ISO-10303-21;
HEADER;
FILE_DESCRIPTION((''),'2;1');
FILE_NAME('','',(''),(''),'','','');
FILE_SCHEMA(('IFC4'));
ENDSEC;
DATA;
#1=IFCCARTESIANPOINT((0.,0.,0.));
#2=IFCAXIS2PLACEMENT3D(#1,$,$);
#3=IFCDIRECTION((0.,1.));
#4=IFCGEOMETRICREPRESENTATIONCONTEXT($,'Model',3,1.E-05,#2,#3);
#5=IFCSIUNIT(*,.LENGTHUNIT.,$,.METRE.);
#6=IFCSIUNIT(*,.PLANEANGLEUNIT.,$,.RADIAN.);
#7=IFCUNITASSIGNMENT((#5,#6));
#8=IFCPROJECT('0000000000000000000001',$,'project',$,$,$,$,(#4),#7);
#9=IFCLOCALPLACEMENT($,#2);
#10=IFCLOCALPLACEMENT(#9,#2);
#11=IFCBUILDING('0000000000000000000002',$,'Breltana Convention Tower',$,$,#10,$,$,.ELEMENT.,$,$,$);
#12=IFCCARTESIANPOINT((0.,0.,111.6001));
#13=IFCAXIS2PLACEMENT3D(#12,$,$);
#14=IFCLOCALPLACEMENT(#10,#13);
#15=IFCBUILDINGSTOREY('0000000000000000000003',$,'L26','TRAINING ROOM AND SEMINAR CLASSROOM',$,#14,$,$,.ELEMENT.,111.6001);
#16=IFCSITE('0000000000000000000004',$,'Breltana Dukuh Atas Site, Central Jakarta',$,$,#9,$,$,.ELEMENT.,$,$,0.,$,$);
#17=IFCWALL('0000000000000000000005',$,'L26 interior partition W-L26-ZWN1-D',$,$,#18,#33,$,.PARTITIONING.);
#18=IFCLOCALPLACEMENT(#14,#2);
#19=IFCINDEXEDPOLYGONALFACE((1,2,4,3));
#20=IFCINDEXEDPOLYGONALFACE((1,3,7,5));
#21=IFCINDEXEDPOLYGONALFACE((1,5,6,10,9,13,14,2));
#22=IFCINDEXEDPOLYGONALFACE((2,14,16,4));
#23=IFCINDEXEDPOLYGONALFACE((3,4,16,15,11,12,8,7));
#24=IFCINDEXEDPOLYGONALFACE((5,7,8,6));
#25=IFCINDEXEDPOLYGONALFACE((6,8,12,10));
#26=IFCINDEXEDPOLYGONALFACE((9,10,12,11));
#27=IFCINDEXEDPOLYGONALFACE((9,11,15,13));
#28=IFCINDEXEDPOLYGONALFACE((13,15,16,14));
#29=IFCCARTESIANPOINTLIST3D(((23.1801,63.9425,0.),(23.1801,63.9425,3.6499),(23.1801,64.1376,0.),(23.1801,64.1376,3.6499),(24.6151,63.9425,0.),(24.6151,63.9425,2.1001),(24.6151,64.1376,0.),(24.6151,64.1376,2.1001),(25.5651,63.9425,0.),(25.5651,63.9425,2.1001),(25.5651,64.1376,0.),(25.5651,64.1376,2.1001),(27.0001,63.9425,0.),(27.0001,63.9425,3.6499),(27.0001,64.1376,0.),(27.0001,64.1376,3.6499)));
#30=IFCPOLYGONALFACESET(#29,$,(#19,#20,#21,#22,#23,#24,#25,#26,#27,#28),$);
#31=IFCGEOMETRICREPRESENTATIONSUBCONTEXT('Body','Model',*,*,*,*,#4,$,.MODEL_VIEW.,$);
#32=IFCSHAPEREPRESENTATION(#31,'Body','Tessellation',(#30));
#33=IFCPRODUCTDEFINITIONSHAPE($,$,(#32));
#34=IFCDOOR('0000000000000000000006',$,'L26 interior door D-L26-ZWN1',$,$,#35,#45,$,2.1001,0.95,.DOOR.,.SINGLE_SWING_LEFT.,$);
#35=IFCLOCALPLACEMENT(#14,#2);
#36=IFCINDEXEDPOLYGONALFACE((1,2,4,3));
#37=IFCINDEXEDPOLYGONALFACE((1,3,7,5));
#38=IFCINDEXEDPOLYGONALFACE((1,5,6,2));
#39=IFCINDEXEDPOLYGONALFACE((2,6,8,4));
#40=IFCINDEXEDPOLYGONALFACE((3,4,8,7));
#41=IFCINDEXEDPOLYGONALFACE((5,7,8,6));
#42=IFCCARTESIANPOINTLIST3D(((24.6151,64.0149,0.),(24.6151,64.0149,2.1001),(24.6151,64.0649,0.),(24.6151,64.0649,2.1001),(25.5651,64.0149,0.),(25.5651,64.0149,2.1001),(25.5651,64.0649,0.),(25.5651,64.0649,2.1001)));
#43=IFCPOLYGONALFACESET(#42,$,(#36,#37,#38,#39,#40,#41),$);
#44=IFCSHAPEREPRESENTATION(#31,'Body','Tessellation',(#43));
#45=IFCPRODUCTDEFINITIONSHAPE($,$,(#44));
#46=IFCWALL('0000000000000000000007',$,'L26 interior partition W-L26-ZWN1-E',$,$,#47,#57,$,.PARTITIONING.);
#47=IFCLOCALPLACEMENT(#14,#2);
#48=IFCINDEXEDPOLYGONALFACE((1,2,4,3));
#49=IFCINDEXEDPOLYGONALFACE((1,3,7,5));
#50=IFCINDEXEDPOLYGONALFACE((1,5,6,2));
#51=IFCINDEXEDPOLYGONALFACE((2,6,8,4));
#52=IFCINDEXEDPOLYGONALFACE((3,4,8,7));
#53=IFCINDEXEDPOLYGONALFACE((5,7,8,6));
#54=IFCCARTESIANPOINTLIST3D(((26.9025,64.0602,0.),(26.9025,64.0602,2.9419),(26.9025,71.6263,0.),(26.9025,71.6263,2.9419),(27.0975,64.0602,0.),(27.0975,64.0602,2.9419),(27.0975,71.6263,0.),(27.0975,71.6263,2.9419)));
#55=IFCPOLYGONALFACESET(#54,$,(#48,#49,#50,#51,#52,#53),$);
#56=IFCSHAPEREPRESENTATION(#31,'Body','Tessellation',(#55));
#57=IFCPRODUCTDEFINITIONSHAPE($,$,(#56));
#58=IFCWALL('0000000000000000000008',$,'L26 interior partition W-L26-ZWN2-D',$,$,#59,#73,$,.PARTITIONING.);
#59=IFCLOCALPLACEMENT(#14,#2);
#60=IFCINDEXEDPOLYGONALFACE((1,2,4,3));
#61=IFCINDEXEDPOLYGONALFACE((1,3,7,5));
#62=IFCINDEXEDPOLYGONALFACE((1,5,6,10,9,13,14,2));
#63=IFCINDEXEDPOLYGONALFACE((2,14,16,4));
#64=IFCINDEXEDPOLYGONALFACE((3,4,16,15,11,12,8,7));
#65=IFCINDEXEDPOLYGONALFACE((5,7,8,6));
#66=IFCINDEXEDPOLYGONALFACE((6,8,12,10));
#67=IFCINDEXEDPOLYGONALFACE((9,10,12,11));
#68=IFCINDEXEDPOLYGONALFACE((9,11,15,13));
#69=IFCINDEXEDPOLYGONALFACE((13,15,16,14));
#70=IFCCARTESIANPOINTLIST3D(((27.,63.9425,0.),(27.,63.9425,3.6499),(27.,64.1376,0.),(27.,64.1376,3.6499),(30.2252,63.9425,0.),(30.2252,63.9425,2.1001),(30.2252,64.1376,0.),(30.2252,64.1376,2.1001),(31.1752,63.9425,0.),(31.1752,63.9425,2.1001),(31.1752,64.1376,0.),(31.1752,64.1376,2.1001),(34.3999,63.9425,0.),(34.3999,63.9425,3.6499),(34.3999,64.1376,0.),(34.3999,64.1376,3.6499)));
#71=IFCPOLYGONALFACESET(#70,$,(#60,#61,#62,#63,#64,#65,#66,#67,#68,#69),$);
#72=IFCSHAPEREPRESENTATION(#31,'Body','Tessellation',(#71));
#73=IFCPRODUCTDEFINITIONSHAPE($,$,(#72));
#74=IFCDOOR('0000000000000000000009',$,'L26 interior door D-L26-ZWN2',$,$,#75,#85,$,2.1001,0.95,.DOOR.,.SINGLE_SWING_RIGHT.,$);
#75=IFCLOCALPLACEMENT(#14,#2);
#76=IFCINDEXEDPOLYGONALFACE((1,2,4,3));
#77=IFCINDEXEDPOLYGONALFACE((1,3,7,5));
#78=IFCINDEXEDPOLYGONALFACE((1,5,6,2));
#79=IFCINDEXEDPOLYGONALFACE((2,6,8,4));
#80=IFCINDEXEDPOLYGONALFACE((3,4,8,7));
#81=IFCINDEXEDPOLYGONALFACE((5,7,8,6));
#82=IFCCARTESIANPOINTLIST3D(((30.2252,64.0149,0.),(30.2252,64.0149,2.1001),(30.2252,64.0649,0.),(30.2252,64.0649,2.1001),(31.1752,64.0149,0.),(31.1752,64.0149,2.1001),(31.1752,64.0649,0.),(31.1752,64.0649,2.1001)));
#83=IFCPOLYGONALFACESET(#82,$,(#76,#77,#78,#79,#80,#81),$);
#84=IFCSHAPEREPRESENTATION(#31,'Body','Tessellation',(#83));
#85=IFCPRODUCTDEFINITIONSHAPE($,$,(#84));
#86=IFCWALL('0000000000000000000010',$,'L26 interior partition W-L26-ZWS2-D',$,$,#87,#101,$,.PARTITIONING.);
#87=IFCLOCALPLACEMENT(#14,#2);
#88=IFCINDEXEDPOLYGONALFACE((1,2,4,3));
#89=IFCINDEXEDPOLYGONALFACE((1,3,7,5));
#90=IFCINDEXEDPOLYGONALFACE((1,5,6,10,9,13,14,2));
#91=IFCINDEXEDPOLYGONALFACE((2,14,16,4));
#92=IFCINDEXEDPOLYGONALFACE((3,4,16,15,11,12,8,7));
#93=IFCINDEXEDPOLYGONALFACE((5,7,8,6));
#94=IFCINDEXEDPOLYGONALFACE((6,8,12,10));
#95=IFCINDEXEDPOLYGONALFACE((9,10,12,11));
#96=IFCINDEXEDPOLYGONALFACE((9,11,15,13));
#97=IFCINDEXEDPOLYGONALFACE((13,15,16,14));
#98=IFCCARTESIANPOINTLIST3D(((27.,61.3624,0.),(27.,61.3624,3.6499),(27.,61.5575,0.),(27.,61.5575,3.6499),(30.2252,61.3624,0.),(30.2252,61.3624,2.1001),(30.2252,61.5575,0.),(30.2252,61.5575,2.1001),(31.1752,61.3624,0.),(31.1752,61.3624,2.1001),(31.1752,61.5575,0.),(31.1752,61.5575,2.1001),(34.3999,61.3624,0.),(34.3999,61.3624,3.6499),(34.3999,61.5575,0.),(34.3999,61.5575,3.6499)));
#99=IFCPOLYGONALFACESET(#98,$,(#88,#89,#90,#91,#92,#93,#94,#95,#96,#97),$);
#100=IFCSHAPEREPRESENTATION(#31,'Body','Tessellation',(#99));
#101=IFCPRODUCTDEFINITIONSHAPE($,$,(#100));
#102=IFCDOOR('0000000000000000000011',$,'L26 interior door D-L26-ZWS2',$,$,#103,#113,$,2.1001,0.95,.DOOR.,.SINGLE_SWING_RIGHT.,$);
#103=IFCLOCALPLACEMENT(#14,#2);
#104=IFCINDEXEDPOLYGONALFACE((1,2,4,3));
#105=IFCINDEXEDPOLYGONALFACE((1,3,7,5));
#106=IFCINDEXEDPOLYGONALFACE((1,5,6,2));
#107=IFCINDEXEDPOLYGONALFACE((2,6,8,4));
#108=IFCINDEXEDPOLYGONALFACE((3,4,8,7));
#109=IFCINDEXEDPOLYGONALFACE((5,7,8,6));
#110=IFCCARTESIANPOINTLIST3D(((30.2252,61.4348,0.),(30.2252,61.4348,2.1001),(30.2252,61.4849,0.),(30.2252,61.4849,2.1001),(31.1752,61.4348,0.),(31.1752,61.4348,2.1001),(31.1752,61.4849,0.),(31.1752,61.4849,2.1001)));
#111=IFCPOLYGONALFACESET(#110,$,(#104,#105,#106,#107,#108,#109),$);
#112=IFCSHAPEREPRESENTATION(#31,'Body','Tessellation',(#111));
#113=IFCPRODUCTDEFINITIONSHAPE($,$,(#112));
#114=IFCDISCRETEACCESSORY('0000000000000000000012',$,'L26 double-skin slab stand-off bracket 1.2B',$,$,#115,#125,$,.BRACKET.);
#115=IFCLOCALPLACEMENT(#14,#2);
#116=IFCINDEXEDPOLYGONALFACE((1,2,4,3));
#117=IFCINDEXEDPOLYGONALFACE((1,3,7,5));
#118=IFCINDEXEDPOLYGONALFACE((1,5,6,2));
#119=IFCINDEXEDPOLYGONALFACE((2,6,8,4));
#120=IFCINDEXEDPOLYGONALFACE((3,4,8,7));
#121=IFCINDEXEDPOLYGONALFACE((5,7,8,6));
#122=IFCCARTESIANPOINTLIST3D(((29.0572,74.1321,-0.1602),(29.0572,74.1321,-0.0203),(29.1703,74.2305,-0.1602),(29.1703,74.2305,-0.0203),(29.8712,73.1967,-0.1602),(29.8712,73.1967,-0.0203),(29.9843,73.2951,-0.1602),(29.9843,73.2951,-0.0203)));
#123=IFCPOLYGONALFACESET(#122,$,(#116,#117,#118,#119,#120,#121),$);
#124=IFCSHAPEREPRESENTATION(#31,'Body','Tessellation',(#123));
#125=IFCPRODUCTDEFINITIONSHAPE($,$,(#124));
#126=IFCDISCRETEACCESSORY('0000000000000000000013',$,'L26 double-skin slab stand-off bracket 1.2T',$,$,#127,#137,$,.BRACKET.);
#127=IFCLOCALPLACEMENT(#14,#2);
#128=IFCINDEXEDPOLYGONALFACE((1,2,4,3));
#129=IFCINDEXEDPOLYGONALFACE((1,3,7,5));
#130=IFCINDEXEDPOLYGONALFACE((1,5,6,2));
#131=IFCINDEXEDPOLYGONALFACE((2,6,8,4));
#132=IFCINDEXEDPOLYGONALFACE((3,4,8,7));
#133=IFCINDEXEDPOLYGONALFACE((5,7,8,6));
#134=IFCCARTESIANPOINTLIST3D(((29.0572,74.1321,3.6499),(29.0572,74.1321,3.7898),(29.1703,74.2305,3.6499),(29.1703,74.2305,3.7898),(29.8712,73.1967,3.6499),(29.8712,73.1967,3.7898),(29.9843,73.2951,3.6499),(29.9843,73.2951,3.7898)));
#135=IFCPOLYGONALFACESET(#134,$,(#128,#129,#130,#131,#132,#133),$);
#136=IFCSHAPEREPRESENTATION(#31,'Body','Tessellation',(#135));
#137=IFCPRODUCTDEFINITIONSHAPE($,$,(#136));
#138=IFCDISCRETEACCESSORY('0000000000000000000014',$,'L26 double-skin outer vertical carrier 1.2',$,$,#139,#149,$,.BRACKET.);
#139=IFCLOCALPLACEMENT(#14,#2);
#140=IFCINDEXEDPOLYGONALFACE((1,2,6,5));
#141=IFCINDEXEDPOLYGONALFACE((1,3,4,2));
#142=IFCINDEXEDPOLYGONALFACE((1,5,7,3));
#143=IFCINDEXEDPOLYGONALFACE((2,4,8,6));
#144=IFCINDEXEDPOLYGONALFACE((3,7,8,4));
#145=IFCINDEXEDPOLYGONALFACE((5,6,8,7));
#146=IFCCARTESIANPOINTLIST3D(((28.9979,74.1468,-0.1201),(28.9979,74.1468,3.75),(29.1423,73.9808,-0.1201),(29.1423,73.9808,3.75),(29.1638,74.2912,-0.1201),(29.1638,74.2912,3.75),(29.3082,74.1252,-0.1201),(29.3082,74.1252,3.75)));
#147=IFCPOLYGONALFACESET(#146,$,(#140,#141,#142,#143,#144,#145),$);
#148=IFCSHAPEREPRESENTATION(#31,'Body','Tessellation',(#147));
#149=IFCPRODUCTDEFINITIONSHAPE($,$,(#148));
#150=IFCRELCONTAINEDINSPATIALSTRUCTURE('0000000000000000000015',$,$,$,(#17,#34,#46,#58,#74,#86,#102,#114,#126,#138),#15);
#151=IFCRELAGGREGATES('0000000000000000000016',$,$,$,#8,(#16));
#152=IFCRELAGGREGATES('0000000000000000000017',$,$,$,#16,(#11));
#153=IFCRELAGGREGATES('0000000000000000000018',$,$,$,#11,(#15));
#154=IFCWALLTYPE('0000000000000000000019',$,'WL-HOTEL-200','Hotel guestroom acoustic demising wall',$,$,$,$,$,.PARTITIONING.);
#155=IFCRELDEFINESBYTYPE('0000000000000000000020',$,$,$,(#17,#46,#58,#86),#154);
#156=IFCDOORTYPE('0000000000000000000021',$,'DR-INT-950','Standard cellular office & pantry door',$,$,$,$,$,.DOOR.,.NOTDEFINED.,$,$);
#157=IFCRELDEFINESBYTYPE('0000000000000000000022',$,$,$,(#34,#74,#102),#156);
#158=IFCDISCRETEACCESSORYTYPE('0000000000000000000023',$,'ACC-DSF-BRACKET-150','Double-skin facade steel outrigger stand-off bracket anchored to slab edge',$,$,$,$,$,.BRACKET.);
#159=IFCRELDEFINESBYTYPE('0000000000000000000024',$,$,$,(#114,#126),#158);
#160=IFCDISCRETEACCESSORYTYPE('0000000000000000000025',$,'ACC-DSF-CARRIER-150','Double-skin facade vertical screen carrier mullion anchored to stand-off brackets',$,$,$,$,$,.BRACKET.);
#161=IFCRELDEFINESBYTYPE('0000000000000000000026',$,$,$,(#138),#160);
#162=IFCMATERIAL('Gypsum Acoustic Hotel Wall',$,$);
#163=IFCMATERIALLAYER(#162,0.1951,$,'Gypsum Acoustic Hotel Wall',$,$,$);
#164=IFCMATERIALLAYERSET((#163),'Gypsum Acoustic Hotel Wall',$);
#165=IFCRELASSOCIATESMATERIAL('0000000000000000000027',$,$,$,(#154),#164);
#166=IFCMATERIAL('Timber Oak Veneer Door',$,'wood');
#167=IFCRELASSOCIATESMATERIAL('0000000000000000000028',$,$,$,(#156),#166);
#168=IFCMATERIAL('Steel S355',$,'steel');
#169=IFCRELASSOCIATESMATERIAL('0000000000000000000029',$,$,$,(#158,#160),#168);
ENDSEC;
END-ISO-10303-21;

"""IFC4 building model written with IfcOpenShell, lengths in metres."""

from ifc_helpers import new_model, si_unit, direction, frame, frame_2d, origin, origin_2d, place, context, subcontext, project, spatial, rectangle, extrude, source, transform, mapped, material, layer, layer_set, type_object, type_shapes, element, fill, save


model = new_model("IFC4")

# Units and contexts
model_context = context("Model", 3, precision=1e-05, world=origin(), true_north=direction((0.0, 1.0)))
body_context = subcontext(model_context, "Body", "Model", "MODEL_VIEW")
ifc_project = project(units=[si_unit("LENGTHUNIT", "METRE"), si_unit("PLANEANGLEUNIT", "RADIAN")], contexts=[model_context])

# Site, building, storey
site_placement = place(None, origin())
site = spatial("IfcSite", under=ifc_project, at=site_placement, Name="Breltana Dukuh Atas Site, Central Jakarta", CompositionType="ELEMENT", RefElevation=0.0)
building_placement = place(site_placement, origin())
building = spatial("IfcBuilding", under=site, at=building_placement, Name="Breltana Convention Tower", CompositionType="ELEMENT")
storey_placement = place(building_placement, frame((0.0, 0.0, 111.6001)))
storey = spatial("IfcBuildingStorey", under=building, at=storey_placement, Name="L26", Description="TRAINING ROOM AND SEMINAR CLASSROOM", CompositionType="ELEMENT", Elevation=111.6001)

# Wall, opening, door
ifc_material_1 = material(Name="Gypsum Acoustic Hotel Wall")
ifc_layer_1 = layer(ifc_material_1, 0.1951, Name="Gypsum Acoustic Hotel Wall")
ifc_layer_set_1 = layer_set([ifc_layer_1], Name="Gypsum Acoustic Hotel Wall")
wall_type_1 = type_object("IfcWallType", Name="WL-HOTEL-200", Description="Hotel guestroom acoustic demising wall", PredefinedType="PARTITIONING", material=ifc_layer_set_1)
shared_shape_1 = source(origin(), body_context, "Body", "SweptSolid", [
    extrude(rectangle(XDim=3.8201, YDim=0.1951, at=frame_2d((1.9102, 0.0))), origin(), (0.0, 0.0, 1.0), 3.6499),
])
wall_1_placement = place(storey_placement, frame((23.1799, 64.04, 0.0), z_axis=(0.0, 0.0, 1.0), x_axis=(1.0, 0.0, 0.0)))
wall_1 = element("IfcWall", 1, at=wall_1_placement, inside=storey, type_object=wall_type_1, Name="L26 interior partition W-L26-ZWN1-D", PredefinedType="PARTITIONING", context=body_context, shape_type="MappedRepresentation", body=[
    mapped(shared_shape_1, transform((0.0, 0.0, 0.0), scale=1.0)),
])
opening_1_placement = place(wall_1_placement, frame((1.4351, 0.0, 0.0)))
opening_1 = element("IfcOpeningElement", 2, at=opening_1_placement, cuts=wall_1, PredefinedType="OPENING", context=body_context, shape_type="SweptSolid", body=[
    extrude(rectangle(XDim=0.95, YDim=2.1001, at=frame_2d((0.4751, 1.05))), frame((0.0, 0.1074, 0.0), z_axis=(0.0, -1.0, 0.0), x_axis=(1.0, 0.0, 0.0)), (0.0, 0.0, 1.0), 0.2151),
])
ifc_material_2 = material(Name="Timber Oak Veneer Door", Category="wood")
door_type_1 = type_object("IfcDoorType", Name="DR-INT-950", Description="Standard cellular office & pantry door", OperationType="NOTDEFINED", PredefinedType="DOOR", material=ifc_material_2)
shared_shape_2 = source(origin(), body_context, "Body", "SweptSolid", [
    extrude(rectangle(XDim=0.95, YDim=2.1001, at=frame_2d((0.4751, 1.05))), frame((0.0, 0.0249, 0.0), z_axis=(0.0, -1.0, 0.0), x_axis=(1.0, 0.0, 0.0)), (0.0, 0.0, 1.0), 0.05),
])
type_shapes(door_type_1, [shared_shape_2])
door_1_placement = place(opening_1_placement, origin())
door_1 = element("IfcDoor", 3, at=door_1_placement, inside=storey, type_object=door_type_1, Name="L26 interior door D-L26-ZWN1", OperationType="SINGLE_SWING_LEFT", OverallHeight=2.1001, OverallWidth=0.95, PredefinedType="DOOR", context=body_context, shape_type="MappedRepresentation", body=[
    mapped(shared_shape_2, transform((0.0, 0.0, 0.0), scale=1.0)),
])
fill(opening_1, door_1)

# Wall
shared_shape_3 = source(origin(), body_context, "Body", "SweptSolid", [
    extrude(rectangle(XDim=7.5662, YDim=0.1951, at=frame_2d((3.7832, 0.0))), origin(), (0.0, 0.0, 1.0), 2.9419),
])
wall_2_placement = place(storey_placement, frame((27.0, 64.0601, 0.0), z_axis=(0.0, 0.0, 1.0), x_axis=(0.0, 1.0, 0.0)))
element("IfcWall", 4, at=wall_2_placement, inside=storey, type_object=wall_type_1, Name="L26 interior partition W-L26-ZWN1-E", PredefinedType="PARTITIONING", context=body_context, shape_type="MappedRepresentation", body=[
    mapped(shared_shape_3, transform((0.0, 0.0, 0.0), scale=1.0)),
])

# Walls, openings, doors
shared_shape_4 = source(origin(), body_context, "Body", "SweptSolid", [
    extrude(rectangle(XDim=7.3999, YDim=0.1951, at=frame_2d((3.7, 0.0))), origin(), (0.0, 0.0, 1.0), 3.6499),
])
wall_3_placement = place(storey_placement, frame((27.0, 64.04, 0.0), z_axis=(0.0, 0.0, 1.0), x_axis=(1.0, 0.0, 0.0)))
wall_3 = element("IfcWall", 5, at=wall_3_placement, inside=storey, type_object=wall_type_1, Name="L26 interior partition W-L26-ZWN2-D", PredefinedType="PARTITIONING", context=body_context, shape_type="MappedRepresentation", body=[
    mapped(shared_shape_4, transform((0.0, 0.0, 0.0), scale=1.0)),
])
opening_2_placement = place(wall_3_placement, frame((3.2251, 0.0, 0.0)))
opening_2 = element("IfcOpeningElement", 6, at=opening_2_placement, cuts=wall_3, PredefinedType="OPENING", context=body_context, shape_type="SweptSolid", body=[
    extrude(rectangle(XDim=0.95, YDim=2.1001, at=frame_2d((0.4751, 1.05))), frame((0.0, 0.1074, 0.0), z_axis=(0.0, -1.0, 0.0), x_axis=(1.0, 0.0, 0.0)), (0.0, 0.0, 1.0), 0.2151),
])
door_2_placement = place(opening_2_placement, origin())
door_2 = element("IfcDoor", 7, at=door_2_placement, inside=storey, type_object=door_type_1, Name="L26 interior door D-L26-ZWN2", OperationType="SINGLE_SWING_RIGHT", OverallHeight=2.1001, OverallWidth=0.95, PredefinedType="DOOR", context=body_context, shape_type="MappedRepresentation", body=[
    mapped(shared_shape_2, transform((0.0, 0.0, 0.0), scale=1.0)),
])
fill(opening_2, door_2)
wall_4_placement = place(storey_placement, frame((27.0, 61.46, 0.0), z_axis=(0.0, 0.0, 1.0), x_axis=(1.0, 0.0, 0.0)))
wall_4 = element("IfcWall", 8, at=wall_4_placement, inside=storey, type_object=wall_type_1, Name="L26 interior partition W-L26-ZWS2-D", PredefinedType="PARTITIONING", context=body_context, shape_type="MappedRepresentation", body=[
    mapped(shared_shape_4, transform((0.0, 0.0, 0.0), scale=1.0)),
])
opening_3_placement = place(wall_4_placement, frame((3.2251, 0.0, 0.0)))
opening_3 = element("IfcOpeningElement", 9, at=opening_3_placement, cuts=wall_4, PredefinedType="OPENING", context=body_context, shape_type="SweptSolid", body=[
    extrude(rectangle(XDim=0.95, YDim=2.1001, at=frame_2d((0.4751, 1.05))), frame((0.0, 0.1074, 0.0), z_axis=(0.0, -1.0, 0.0), x_axis=(1.0, 0.0, 0.0)), (0.0, 0.0, 1.0), 0.2151),
])
door_3_placement = place(opening_3_placement, origin())
door_3 = element("IfcDoor", 10, at=door_3_placement, inside=storey, type_object=door_type_1, Name="L26 interior door D-L26-ZWS2", OperationType="SINGLE_SWING_RIGHT", OverallHeight=2.1001, OverallWidth=0.95, PredefinedType="DOOR", context=body_context, shape_type="MappedRepresentation", body=[
    mapped(shared_shape_2, transform((0.0, 0.0, 0.0), scale=1.0)),
])
fill(opening_3, door_3)

# Discrete accessories
ifc_material_3 = material(Name="Steel S355", Category="steel")
discrete_accessory_type_1 = type_object("IfcDiscreteAccessoryType", Name="ACC-DSF-BRACKET-150", Description="Double-skin facade steel outrigger stand-off bracket anchored to slab edge", PredefinedType="BRACKET", material=ifc_material_3)
shared_shape_5 = source(origin(), body_context, "Body", "SweptSolid", [
    extrude(rectangle(XDim=1.24, YDim=0.1499, at=origin_2d()), origin(), (0.0, 0.0, 1.0), 0.1399),
])
type_shapes(discrete_accessory_type_1, [shared_shape_5])
for number, where, z_axis, x_axis, name in (
    (11, (29.5208, 73.7136, -0.1602), (0.0, 0.0, 1.0), (-0.656454, 0.754366, 0.0), "L26 double-skin slab stand-off bracket 1.2B"),
    (12, (29.5208, 73.7136, 3.6499), (0.0, 0.0, 1.0), (-0.656454, 0.754366, 0.0), "L26 double-skin slab stand-off bracket 1.2T"),
):
    element("IfcDiscreteAccessory", number, at=place(storey_placement, frame(where, z_axis=z_axis, x_axis=x_axis)), inside=storey, type_object=discrete_accessory_type_1, Name=name, PredefinedType="BRACKET", context=body_context, shape_type="MappedRepresentation", body=[
        mapped(shared_shape_5, transform((0.0, 0.0, 0.0), scale=1.0)),
    ])
discrete_accessory_type_2 = type_object("IfcDiscreteAccessoryType", Name="ACC-DSF-CARRIER-150", Description="Double-skin facade vertical screen carrier mullion anchored to stand-off brackets", PredefinedType="BRACKET", material=ifc_material_3)
shared_shape_6 = source(origin(), body_context, "Body", "SweptSolid", [
    extrude(rectangle(XDim=0.22, YDim=0.22, at=origin_2d()), origin(), (0.0, 0.0, 1.0), 3.8701),
])
discrete_accessory_placement = place(storey_placement, frame((29.1531, 74.136, -0.1201), z_axis=(0.0, 0.0, 1.0), x_axis=(-0.656454, 0.754366, 0.0)))
element("IfcDiscreteAccessory", 13, at=discrete_accessory_placement, inside=storey, type_object=discrete_accessory_type_2, Name="L26 double-skin outer vertical carrier 1.2", PredefinedType="BRACKET", context=body_context, shape_type="MappedRepresentation", body=[
    mapped(shared_shape_6, transform((0.0, 0.0, 0.0), scale=1.0)),
])

save(model, "model.ifc")
